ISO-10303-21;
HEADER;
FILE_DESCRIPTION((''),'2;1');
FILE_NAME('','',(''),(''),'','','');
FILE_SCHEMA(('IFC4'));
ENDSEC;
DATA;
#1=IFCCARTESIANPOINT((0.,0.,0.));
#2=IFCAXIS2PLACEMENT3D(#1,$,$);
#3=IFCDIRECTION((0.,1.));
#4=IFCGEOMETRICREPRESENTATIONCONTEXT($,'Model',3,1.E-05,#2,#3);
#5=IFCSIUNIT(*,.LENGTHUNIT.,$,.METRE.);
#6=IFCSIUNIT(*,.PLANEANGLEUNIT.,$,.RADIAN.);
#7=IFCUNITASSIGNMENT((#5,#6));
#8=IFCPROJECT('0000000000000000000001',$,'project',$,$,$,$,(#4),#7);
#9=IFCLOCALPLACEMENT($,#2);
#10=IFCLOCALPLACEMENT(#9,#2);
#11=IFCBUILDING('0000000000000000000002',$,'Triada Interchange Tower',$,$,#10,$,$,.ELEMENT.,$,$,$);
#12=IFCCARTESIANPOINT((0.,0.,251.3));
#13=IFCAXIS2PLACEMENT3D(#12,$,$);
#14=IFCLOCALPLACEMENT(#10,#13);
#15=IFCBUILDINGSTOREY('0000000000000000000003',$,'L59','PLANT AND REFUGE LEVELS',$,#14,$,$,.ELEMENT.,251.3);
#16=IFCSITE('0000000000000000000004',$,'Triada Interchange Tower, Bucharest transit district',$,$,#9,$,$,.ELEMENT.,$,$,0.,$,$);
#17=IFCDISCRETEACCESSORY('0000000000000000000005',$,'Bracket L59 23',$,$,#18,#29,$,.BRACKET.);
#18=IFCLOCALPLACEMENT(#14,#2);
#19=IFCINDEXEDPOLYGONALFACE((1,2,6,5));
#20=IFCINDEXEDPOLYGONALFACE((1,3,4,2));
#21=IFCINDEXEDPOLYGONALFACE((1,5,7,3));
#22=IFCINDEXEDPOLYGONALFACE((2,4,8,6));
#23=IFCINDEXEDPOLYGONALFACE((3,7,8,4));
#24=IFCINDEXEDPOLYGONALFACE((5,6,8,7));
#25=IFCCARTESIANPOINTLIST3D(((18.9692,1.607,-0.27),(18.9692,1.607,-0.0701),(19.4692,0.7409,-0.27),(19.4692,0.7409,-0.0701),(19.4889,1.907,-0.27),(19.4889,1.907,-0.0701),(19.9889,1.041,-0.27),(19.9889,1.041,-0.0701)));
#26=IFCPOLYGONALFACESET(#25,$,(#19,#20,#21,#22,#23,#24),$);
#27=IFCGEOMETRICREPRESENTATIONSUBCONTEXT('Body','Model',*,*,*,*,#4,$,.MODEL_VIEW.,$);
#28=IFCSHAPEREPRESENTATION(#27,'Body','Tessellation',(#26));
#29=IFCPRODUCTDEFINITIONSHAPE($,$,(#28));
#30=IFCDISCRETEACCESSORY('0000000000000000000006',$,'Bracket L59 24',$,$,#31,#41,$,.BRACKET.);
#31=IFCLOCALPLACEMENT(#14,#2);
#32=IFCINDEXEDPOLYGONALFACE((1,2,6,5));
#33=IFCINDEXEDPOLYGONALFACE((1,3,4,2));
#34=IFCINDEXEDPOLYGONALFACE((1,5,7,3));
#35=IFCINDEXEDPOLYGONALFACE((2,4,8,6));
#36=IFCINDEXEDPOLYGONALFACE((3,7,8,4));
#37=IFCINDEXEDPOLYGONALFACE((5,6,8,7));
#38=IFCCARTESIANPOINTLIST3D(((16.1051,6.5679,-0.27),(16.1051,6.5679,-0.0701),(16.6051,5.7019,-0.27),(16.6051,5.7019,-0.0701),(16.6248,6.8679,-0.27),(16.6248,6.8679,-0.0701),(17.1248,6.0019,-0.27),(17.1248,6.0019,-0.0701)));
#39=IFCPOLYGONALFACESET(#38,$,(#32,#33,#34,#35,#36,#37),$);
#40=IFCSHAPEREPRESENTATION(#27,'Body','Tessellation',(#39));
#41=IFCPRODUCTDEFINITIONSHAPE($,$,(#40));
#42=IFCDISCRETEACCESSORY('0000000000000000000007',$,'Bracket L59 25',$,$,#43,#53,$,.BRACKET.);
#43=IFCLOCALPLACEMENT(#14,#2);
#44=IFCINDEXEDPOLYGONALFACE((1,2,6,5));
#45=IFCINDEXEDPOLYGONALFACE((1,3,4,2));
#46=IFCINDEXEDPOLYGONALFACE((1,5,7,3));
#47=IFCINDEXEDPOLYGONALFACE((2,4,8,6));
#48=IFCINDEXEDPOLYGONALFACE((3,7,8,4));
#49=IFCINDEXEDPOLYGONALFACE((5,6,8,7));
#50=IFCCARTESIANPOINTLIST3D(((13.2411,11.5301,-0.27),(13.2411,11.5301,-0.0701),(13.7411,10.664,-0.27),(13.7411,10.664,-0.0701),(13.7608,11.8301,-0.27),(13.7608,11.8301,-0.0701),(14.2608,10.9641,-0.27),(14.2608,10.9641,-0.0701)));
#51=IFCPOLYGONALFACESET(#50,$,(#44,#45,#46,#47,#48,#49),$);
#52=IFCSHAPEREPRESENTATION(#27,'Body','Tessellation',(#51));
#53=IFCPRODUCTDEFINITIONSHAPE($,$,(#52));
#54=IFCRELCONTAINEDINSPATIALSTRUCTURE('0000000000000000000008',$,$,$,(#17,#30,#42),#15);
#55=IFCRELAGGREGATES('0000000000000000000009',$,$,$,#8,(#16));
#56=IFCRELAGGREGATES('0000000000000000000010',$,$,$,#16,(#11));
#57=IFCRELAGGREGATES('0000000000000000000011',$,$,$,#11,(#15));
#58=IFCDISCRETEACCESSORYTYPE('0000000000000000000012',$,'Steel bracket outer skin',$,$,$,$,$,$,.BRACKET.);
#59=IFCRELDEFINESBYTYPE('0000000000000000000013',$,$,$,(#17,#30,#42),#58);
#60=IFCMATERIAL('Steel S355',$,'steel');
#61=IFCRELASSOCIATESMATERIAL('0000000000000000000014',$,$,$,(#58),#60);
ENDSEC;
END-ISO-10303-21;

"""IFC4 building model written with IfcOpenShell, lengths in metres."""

from ifc_helpers import new_model, si_unit, direction, frame, origin, origin_2d, place, context, subcontext, project, spatial, rectangle, extrude, material, type_object, element, save


model = new_model("IFC4")

# Units and contexts
model_context = context("Model", 3, precision=1e-05, world=origin(), true_north=direction((0.0, 1.0)))
body_context = subcontext(model_context, "Body", "Model", "MODEL_VIEW")
ifc_project = project(units=[si_unit("LENGTHUNIT", "METRE"), si_unit("PLANEANGLEUNIT", "RADIAN")], contexts=[model_context])

# Site, building, storey
site_placement = place(None, origin())
site = spatial("IfcSite", under=ifc_project, at=site_placement, Name="Triada Interchange Tower, Bucharest transit district", CompositionType="ELEMENT", RefElevation=0.0)
building_placement = place(site_placement, origin())
building = spatial("IfcBuilding", under=site, at=building_placement, Name="Triada Interchange Tower", CompositionType="ELEMENT")
storey_placement = place(building_placement, frame((0.0, 0.0, 251.3)))
storey = spatial("IfcBuildingStorey", under=building, at=storey_placement, Name="L59", Description="PLANT AND REFUGE LEVELS", CompositionType="ELEMENT", Elevation=251.3)

# Shared definitions
ifc_material_1 = material(Name="Steel S355", Category="steel")

# Discrete accessories
discrete_accessory_type = type_object("IfcDiscreteAccessoryType", Name="Steel bracket outer skin", PredefinedType="BRACKET", material=ifc_material_1)
for number, where, z_axis, x_axis, name in (
    (1, (19.479, 1.324, -0.27), (0.0, 0.0, 1.0), (0.866024, 0.500002, 0.0), "Bracket L59 23"),
    (2, (16.615, 6.2849, -0.27), (0.0, 0.0, 1.0), (0.866024, 0.500002, 0.0), "Bracket L59 24"),
    (3, (13.751, 11.2471, -0.27), (0.0, 0.0, 1.0), (0.866024, 0.500002, 0.0), "Bracket L59 25"),
):
    element("IfcDiscreteAccessory", number, at=place(storey_placement, frame(where, z_axis=z_axis, x_axis=x_axis)), inside=storey, type_object=discrete_accessory_type, Name=name, PredefinedType="BRACKET", context=body_context, shape_type="SweptSolid", body=[
        extrude(rectangle(XDim=0.6001, YDim=1.0, at=origin_2d()), origin(), (0.0, 0.0, 1.0), 0.2),
    ])

save(model, "model.ifc")
